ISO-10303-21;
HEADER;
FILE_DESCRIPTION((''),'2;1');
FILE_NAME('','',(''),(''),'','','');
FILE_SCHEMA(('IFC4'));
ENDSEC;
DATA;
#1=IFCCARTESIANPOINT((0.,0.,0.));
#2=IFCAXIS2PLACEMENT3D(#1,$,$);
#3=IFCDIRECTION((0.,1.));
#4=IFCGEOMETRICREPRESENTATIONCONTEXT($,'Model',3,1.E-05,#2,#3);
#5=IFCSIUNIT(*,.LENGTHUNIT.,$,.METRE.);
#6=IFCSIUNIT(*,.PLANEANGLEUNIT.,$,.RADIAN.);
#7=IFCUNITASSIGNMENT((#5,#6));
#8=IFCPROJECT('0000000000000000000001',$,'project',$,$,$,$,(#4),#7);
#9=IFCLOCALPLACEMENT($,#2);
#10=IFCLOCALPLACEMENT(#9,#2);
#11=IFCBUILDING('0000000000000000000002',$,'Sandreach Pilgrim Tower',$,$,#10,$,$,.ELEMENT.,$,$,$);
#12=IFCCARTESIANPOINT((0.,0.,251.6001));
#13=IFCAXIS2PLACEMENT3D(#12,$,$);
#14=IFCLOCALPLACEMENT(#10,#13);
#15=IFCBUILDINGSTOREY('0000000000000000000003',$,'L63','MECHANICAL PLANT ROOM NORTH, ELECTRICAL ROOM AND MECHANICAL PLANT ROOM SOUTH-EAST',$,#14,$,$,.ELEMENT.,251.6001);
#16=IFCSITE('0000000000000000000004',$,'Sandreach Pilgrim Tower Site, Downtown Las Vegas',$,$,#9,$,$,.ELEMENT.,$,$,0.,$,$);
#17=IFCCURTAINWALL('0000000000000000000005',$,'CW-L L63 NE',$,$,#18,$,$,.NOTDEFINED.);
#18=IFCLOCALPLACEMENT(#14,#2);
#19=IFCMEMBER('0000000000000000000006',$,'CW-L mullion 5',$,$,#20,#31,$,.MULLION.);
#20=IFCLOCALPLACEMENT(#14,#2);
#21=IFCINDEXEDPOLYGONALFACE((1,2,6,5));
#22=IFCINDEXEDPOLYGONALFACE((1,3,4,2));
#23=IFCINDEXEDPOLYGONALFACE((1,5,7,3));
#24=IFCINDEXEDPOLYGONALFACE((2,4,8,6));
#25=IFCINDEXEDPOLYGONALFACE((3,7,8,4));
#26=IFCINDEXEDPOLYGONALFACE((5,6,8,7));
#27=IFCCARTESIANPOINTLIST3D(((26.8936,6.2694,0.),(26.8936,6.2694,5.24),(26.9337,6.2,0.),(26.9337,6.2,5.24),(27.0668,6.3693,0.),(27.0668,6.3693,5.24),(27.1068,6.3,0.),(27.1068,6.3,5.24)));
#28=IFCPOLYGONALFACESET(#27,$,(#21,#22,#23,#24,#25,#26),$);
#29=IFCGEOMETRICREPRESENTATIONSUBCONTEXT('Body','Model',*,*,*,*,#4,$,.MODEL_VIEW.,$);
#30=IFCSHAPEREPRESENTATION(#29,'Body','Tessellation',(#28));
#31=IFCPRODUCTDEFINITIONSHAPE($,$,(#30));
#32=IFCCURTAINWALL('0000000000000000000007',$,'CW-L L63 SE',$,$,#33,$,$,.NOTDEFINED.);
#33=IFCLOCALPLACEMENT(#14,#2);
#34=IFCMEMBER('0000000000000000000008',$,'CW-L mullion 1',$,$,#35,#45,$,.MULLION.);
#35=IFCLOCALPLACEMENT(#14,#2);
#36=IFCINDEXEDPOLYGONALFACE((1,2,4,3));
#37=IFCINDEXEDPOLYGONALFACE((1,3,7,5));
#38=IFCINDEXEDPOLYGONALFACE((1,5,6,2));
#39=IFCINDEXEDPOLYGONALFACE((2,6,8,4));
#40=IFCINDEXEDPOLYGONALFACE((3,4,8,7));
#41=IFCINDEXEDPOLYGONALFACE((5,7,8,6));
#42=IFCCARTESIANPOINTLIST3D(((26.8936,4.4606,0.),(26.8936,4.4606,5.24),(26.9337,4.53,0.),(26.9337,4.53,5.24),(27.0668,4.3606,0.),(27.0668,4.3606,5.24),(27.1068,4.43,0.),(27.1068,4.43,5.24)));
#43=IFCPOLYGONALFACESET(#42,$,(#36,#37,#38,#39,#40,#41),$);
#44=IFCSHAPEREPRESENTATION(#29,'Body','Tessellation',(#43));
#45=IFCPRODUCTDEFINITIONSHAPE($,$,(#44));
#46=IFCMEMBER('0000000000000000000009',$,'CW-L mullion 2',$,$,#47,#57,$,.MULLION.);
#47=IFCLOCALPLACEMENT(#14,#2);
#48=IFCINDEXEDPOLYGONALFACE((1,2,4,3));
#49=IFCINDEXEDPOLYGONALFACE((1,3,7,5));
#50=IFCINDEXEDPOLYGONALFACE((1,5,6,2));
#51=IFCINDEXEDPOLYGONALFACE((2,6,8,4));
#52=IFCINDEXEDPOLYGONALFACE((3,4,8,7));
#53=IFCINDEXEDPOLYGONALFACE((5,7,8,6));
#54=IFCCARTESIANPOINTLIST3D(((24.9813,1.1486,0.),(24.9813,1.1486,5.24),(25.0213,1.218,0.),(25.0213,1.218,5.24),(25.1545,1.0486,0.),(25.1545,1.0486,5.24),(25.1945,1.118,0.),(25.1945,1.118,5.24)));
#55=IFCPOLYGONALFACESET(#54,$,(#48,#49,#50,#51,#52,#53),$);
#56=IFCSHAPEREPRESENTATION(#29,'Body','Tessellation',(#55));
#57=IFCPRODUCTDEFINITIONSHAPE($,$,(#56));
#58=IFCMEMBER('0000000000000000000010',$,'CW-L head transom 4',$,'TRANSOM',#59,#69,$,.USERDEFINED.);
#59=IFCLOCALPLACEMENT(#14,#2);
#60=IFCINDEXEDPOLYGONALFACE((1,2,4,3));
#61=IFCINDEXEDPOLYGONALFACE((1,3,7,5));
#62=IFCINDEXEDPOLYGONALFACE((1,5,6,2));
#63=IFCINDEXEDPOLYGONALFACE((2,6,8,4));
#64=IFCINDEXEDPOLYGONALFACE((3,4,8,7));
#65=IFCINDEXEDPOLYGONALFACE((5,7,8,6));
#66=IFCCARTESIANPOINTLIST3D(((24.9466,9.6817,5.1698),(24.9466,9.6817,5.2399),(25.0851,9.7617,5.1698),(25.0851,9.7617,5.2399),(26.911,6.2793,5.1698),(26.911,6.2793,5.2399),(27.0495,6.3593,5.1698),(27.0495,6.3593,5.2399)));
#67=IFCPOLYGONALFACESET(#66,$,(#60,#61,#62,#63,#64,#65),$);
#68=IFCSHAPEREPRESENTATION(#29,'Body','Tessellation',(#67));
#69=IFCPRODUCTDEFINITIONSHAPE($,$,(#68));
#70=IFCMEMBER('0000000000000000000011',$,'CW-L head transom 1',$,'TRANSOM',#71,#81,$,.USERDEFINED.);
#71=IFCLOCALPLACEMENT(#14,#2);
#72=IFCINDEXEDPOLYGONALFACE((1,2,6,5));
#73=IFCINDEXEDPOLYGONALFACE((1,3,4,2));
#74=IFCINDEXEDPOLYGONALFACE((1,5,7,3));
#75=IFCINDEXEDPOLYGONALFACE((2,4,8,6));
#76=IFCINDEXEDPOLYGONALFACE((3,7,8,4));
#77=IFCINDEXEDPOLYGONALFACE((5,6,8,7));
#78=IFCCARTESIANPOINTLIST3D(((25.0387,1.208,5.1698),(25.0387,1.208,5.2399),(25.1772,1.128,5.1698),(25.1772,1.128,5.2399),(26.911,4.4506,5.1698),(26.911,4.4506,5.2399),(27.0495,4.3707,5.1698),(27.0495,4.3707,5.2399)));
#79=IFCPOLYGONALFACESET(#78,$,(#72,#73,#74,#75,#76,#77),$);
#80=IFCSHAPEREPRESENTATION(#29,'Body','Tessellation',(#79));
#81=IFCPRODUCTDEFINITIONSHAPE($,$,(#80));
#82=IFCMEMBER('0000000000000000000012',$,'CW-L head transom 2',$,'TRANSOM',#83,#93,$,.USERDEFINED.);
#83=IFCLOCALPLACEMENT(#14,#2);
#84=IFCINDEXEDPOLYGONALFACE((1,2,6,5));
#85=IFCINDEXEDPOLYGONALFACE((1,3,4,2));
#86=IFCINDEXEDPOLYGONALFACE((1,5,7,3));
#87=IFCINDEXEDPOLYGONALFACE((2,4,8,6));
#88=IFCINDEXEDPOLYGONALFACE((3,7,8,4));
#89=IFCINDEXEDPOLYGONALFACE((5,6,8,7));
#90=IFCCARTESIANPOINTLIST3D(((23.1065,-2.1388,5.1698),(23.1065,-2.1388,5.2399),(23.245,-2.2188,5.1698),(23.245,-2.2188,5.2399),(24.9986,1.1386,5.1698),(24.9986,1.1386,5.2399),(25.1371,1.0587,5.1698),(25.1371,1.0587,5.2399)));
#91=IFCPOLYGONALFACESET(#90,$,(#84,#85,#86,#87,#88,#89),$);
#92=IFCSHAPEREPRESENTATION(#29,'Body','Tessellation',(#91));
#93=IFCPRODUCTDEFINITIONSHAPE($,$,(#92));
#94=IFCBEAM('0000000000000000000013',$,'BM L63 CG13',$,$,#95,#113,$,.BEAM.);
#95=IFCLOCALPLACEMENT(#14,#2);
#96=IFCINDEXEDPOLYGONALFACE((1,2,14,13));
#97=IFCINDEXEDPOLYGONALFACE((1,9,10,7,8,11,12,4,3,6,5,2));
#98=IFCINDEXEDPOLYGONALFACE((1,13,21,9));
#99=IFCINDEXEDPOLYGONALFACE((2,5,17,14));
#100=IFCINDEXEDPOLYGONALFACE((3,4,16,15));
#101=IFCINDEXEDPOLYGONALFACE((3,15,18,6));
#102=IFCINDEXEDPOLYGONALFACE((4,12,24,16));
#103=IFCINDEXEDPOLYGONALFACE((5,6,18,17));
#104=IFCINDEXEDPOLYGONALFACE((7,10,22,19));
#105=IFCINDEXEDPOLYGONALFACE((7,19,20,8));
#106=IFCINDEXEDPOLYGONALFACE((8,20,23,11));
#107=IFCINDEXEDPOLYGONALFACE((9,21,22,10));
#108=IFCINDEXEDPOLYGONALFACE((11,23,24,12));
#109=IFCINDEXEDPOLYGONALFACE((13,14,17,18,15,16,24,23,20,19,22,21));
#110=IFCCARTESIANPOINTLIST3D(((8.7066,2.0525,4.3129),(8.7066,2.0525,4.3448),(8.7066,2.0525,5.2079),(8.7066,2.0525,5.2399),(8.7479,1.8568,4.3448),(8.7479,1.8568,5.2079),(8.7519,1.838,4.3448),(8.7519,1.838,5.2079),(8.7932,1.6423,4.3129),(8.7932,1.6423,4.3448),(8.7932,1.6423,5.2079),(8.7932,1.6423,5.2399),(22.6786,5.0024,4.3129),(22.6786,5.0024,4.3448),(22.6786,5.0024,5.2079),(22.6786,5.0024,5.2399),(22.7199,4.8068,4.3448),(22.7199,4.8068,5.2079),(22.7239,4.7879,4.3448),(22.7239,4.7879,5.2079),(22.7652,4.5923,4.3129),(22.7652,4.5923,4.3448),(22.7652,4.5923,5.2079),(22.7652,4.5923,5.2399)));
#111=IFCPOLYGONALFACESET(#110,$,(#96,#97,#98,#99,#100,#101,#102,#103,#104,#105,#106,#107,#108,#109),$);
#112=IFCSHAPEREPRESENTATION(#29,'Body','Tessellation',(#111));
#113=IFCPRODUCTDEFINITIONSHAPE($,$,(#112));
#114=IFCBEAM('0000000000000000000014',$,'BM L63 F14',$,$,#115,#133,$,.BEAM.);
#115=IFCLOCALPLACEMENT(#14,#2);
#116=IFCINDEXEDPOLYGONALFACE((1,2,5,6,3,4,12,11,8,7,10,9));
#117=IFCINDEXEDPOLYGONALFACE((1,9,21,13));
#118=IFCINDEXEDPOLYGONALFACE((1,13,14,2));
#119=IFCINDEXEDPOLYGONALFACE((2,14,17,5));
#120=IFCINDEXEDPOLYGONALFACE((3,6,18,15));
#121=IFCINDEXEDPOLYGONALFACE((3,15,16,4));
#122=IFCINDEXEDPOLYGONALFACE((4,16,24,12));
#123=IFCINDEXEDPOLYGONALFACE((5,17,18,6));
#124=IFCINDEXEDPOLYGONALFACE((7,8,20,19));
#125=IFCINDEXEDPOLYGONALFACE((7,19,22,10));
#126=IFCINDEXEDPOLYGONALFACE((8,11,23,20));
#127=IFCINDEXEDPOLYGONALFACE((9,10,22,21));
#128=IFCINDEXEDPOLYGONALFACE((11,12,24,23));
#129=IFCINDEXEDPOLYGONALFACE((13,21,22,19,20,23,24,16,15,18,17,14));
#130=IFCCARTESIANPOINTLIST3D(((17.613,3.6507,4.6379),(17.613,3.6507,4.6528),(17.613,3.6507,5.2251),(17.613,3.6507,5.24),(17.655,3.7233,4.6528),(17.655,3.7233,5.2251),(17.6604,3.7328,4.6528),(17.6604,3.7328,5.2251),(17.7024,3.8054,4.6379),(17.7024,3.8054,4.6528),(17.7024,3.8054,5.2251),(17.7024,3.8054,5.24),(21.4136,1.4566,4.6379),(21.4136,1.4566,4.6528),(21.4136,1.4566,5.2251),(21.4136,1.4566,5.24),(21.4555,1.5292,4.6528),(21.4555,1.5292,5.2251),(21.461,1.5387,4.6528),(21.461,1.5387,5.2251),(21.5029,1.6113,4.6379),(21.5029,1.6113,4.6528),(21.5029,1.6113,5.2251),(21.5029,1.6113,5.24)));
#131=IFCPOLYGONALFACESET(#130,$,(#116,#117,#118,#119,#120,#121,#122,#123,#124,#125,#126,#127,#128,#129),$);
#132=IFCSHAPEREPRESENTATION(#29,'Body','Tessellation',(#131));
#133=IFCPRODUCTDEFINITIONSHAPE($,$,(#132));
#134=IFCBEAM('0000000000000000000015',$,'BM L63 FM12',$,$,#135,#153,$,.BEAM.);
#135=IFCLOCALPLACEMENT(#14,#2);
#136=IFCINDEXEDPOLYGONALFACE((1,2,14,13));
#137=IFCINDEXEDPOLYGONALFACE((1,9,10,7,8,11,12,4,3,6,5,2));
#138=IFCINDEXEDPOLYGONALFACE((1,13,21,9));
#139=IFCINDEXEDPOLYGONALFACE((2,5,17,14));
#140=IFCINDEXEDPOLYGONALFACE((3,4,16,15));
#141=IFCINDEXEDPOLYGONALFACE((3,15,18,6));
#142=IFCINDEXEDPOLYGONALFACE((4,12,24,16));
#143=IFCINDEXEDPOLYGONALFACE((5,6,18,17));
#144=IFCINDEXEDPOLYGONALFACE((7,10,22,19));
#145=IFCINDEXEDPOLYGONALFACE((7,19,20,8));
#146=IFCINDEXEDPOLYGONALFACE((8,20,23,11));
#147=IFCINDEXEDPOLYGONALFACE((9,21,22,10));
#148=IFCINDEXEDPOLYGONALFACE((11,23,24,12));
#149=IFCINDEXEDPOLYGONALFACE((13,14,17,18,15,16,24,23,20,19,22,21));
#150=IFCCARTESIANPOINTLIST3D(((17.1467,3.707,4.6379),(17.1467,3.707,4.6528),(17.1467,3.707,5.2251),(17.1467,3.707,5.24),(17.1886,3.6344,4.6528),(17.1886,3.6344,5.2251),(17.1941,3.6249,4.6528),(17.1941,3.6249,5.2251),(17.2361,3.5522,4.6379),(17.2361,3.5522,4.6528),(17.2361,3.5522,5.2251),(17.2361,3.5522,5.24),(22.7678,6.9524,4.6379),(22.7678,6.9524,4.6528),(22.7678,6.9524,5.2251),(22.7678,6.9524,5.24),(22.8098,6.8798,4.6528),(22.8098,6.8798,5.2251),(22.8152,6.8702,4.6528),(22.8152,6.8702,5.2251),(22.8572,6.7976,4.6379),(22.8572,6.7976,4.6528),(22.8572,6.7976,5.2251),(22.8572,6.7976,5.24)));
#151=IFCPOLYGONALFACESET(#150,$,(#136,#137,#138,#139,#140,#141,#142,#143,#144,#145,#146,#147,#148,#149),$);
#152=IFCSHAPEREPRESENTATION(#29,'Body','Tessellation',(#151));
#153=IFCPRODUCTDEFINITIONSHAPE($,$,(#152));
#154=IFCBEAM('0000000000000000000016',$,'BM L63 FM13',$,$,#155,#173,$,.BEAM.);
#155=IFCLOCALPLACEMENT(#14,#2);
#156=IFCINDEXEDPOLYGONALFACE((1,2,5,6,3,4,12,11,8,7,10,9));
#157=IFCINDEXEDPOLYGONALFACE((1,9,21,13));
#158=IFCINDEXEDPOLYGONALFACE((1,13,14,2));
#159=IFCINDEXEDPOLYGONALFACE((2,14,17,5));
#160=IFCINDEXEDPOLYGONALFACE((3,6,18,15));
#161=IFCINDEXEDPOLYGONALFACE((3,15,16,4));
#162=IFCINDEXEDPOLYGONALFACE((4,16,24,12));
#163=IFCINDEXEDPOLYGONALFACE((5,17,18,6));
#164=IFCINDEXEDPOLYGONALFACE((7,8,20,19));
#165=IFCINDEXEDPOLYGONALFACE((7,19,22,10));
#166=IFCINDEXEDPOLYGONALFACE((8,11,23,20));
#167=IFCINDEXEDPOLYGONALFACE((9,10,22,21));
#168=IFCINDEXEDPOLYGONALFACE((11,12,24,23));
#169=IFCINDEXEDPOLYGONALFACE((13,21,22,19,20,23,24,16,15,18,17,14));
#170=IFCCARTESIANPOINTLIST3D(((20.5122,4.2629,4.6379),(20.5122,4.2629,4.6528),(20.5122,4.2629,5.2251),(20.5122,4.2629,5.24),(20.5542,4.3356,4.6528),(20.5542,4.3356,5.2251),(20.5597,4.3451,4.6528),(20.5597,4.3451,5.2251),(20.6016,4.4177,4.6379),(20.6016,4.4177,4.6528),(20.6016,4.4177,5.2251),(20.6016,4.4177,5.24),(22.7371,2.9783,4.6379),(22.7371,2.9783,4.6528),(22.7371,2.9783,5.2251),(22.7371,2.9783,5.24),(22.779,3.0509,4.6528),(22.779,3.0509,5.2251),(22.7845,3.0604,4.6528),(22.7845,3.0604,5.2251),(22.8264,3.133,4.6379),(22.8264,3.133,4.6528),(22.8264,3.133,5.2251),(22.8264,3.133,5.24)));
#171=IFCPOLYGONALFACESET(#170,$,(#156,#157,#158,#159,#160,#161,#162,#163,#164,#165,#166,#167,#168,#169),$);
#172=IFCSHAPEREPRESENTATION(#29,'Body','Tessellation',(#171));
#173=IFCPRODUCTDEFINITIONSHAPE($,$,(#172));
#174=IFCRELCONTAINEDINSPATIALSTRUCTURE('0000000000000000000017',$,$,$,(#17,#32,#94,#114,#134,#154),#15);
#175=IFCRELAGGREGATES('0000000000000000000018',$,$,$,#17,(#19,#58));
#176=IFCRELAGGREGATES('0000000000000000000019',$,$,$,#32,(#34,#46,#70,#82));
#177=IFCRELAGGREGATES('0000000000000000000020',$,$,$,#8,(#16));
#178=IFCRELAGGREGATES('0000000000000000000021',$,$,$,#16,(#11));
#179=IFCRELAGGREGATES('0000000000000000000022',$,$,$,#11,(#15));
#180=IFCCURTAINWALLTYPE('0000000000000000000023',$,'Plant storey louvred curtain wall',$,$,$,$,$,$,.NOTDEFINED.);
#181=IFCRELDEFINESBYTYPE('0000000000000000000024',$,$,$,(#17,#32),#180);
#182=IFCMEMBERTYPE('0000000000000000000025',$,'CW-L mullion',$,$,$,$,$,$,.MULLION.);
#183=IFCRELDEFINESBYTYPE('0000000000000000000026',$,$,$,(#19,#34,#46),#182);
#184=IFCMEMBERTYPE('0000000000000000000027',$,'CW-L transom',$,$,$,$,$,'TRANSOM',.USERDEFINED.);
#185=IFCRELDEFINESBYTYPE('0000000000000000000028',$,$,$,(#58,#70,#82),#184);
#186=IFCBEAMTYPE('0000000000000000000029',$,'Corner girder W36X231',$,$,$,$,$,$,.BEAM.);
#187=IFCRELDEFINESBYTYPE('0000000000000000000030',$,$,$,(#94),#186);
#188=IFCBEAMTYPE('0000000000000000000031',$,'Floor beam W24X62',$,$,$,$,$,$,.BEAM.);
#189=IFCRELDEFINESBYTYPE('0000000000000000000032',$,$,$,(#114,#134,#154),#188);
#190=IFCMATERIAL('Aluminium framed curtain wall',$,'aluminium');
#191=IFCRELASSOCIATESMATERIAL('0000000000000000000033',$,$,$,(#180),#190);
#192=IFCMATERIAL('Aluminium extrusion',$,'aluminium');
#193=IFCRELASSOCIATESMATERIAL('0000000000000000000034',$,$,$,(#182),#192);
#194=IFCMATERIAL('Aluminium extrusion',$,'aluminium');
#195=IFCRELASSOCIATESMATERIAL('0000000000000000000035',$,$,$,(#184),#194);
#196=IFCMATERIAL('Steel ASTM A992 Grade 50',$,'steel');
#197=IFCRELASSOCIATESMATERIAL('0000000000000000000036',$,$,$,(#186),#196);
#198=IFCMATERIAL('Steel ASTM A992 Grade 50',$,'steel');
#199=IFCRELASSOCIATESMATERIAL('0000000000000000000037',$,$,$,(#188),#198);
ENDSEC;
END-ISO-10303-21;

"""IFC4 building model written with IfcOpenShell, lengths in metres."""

from ifc_helpers import new_model, si_unit, direction, frame, origin, origin_2d, place, context, subcontext, project, spatial, rectangle, i_section, extrude, material, material_profile, profile_set, type_object, element, aggregate, save


model = new_model("IFC4")

# Units and contexts
model_context = context("Model", 3, precision=1e-05, world=origin(), true_north=direction((0.0, 1.0)))
body_context = subcontext(model_context, "Body", "Model", "MODEL_VIEW")
ifc_project = project(units=[si_unit("LENGTHUNIT", "METRE"), si_unit("PLANEANGLEUNIT", "RADIAN")], contexts=[model_context])

# Site, building, storey
site_placement = place(None, origin())
site = spatial("IfcSite", under=ifc_project, at=site_placement, Name="Sandreach Pilgrim Tower Site, Downtown Las Vegas", CompositionType="ELEMENT", RefElevation=0.0)
building_placement = place(site_placement, origin())
building = spatial("IfcBuilding", under=site, at=building_placement, Name="Sandreach Pilgrim Tower", CompositionType="ELEMENT")
storey_placement = place(building_placement, frame((0.0, 0.0, 251.6001)))
storey = spatial("IfcBuildingStorey", under=building, at=storey_placement, Name="L63", Description="MECHANICAL PLANT ROOM NORTH, ELECTRICAL ROOM AND MECHANICAL PLANT ROOM SOUTH-EAST", CompositionType="ELEMENT", Elevation=251.6001)

# Curtain wall, member
ifc_material_1 = material(Name="Aluminium framed curtain wall", Category="aluminium")
curtain_wall_type = type_object("IfcCurtainWallType", Name="Plant storey louvred curtain wall", PredefinedType="NOTDEFINED", material=ifc_material_1)
curtain_wall_1_placement = place(storey_placement, origin())
curtain_wall_1 = element("IfcCurtainWall", 1, at=curtain_wall_1_placement, inside=storey, type_object=curtain_wall_type, Name="CW-L L63 NE", PredefinedType="NOTDEFINED")
ifc_material_2 = material(Name="Aluminium extrusion", Category="aluminium")
ifc_material_profile_1 = material_profile(ifc_material_2, rectangle(XDim=0.0801, YDim=0.2, at=origin_2d()), Name="CW-LM 80X200")
ifc_profile_set_1 = profile_set([ifc_material_profile_1], Name="Aluminium extrusion")
member_type_1 = type_object("IfcMemberType", Name="CW-L mullion", PredefinedType="MULLION", material=ifc_profile_set_1)
member_1_placement = place(storey_placement, frame((27.0002, 6.2847, 0.0), z_axis=(0.0, 0.0, 1.0), x_axis=(0.5, -0.866025, 0.0)))
member_1 = element("IfcMember", 2, at=member_1_placement, type_object=member_type_1, Name="CW-L mullion 5", PredefinedType="MULLION", context=body_context, shape_type="SweptSolid", body=[
    extrude(rectangle(XDim=0.0801, YDim=0.2, at=origin_2d()), origin(), (0.0, 0.0, 1.0), 5.24),
])

# Curtain wall, members
curtain_wall_2_placement = place(storey_placement, origin())
curtain_wall_2 = element("IfcCurtainWall", 3, at=curtain_wall_2_placement, inside=storey, type_object=curtain_wall_type, Name="CW-L L63 SE", PredefinedType="NOTDEFINED")
member_2_placement = place(storey_placement, frame((27.0002, 4.4453, 0.0), z_axis=(0.0, 0.0, 1.0), x_axis=(-0.5, -0.866025, 0.0)))
member_2 = element("IfcMember", 4, at=member_2_placement, type_object=member_type_1, Name="CW-L mullion 1", PredefinedType="MULLION", context=body_context, shape_type="SweptSolid", body=[
    extrude(rectangle(XDim=0.0801, YDim=0.2, at=origin_2d()), origin(), (0.0, 0.0, 1.0), 5.24),
])
member_3_placement = place(storey_placement, frame((25.0879, 1.1333, 0.0), z_axis=(0.0, 0.0, 1.0), x_axis=(-0.5, -0.866025, 0.0)))
member_3 = element("IfcMember", 5, at=member_3_placement, type_object=member_type_1, Name="CW-L mullion 2", PredefinedType="MULLION", context=body_context, shape_type="SweptSolid", body=[
    extrude(rectangle(XDim=0.0801, YDim=0.2, at=origin_2d()), origin(), (0.0, 0.0, 1.0), 5.24),
])

# Members
ifc_material_3 = material(Name="Aluminium extrusion", Category="aluminium")
ifc_material_profile_2 = material_profile(ifc_material_3, rectangle(XDim=0.1599, YDim=0.0701, at=origin_2d()), Name="CW-LT 160X70")
ifc_profile_set_2 = profile_set([ifc_material_profile_2], Name="Aluminium extrusion")
member_type_2 = type_object("IfcMemberType", Name="CW-L transom", ElementType="TRANSOM", PredefinedType="USERDEFINED", material=ifc_profile_set_2)
member_4_placement = place(storey_placement, frame((25.0159, 9.7217, 5.2048), z_axis=(0.500002, -0.866024, 0.0), x_axis=(0.866024, 0.500002, 0.0)))
member_4 = element("IfcMember", 6, at=member_4_placement, type_object=member_type_2, Name="CW-L head transom 4", ObjectType="TRANSOM", PredefinedType="USERDEFINED", context=body_context, shape_type="SweptSolid", body=[
    extrude(rectangle(XDim=0.1599, YDim=0.0701, at=origin_2d()), origin(), (0.0, 0.0, 1.0), 3.9287),
])
member_5_placement = place(storey_placement, frame((26.9802, 4.4106, 5.2048), z_axis=(-0.500031, -0.866008, 0.0), x_axis=(0.866008, -0.500031, 0.0)))
member_5 = element("IfcMember", 7, at=member_5_placement, type_object=member_type_2, Name="CW-L head transom 1", ObjectType="TRANSOM", PredefinedType="USERDEFINED", context=body_context, shape_type="SweptSolid", body=[
    extrude(rectangle(XDim=0.1599, YDim=0.0701, at=origin_2d()), origin(), (0.0, 0.0, 1.0), 3.7444),
])
member_6_placement = place(storey_placement, frame((25.0679, 1.0986, 5.2048), z_axis=(-0.499983, -0.866035, 0.0), x_axis=(0.866035, -0.499983, 0.0)))
member_6 = element("IfcMember", 8, at=member_6_placement, type_object=member_type_2, Name="CW-L head transom 2", ObjectType="TRANSOM", PredefinedType="USERDEFINED", context=body_context, shape_type="SweptSolid", body=[
    extrude(rectangle(XDim=0.1599, YDim=0.0701, at=origin_2d()), origin(), (0.0, 0.0, 1.0), 3.7844),
])

# Beams
ifc_material_4 = material(Name="Steel ASTM A992 Grade 50", Category="steel")
ifc_material_profile_3 = material_profile(ifc_material_4, i_section(OverallWidth=0.4192, OverallDepth=0.927, WebThickness=0.0193, FlangeThickness=0.032, at=origin_2d()), Name="W36X231")
ifc_profile_set_3 = profile_set([ifc_material_profile_3], Name="Steel ASTM A992 Grade 50")
beam_type_1 = type_object("IfcBeamType", Name="Corner girder W36X231", PredefinedType="BEAM", material=ifc_profile_set_3)
beam_1_placement = place(storey_placement, frame((22.7219, 4.7974, 4.7764), z_axis=(-0.97843, -0.20658, 0.0), x_axis=(0.20658, -0.97843, 0.0)))
element("IfcBeam", 9, at=beam_1_placement, inside=storey, type_object=beam_type_1, Name="BM L63 CG13", PredefinedType="BEAM", context=body_context, shape_type="SweptSolid", body=[
    extrude(i_section(OverallWidth=0.4192, OverallDepth=0.927, WebThickness=0.0193, FlangeThickness=0.032, at=origin_2d()), origin(), (0.0, 0.0, 1.0), 14.28),
])
ifc_material_5 = material(Name="Steel ASTM A992 Grade 50", Category="steel")
ifc_material_profile_4 = material_profile(ifc_material_5, i_section(OverallWidth=0.1787, OverallDepth=0.6021, WebThickness=0.011, FlangeThickness=0.0149, at=origin_2d()), Name="W24X62")
ifc_profile_set_4 = profile_set([ifc_material_profile_4], Name="Steel ASTM A992 Grade 50")
beam_type_2 = type_object("IfcBeamType", Name="Floor beam W24X62", PredefinedType="BEAM", material=ifc_profile_set_4)
beam_2_placement = place(storey_placement, frame((21.4583, 1.5339, 4.939), z_axis=(-0.86604, 0.499974, 0.0), x_axis=(-0.499974, -0.86604, 0.0)))
element("IfcBeam", 10, at=beam_2_placement, inside=storey, type_object=beam_type_2, Name="BM L63 F14", PredefinedType="BEAM", context=body_context, shape_type="SweptSolid", body=[
    extrude(i_section(OverallWidth=0.1787, OverallDepth=0.6021, WebThickness=0.011, FlangeThickness=0.0149, at=origin_2d()), origin(), (0.0, 0.0, 1.0), 4.3884),
])
beam_3_placement = place(storey_placement, frame((22.8125, 6.875, 4.939), z_axis=(-0.866024, -0.500002, 0.0), x_axis=(0.500002, -0.866024, 0.0)))
element("IfcBeam", 11, at=beam_3_placement, inside=storey, type_object=beam_type_2, Name="BM L63 FM12", PredefinedType="BEAM", context=body_context, shape_type="SweptSolid", body=[
    extrude(i_section(OverallWidth=0.1787, OverallDepth=0.6021, WebThickness=0.011, FlangeThickness=0.0149, at=origin_2d()), origin(), (0.0, 0.0, 1.0), 6.4907),
])
beam_4_placement = place(storey_placement, frame((22.7817, 3.0557, 4.939), z_axis=(-0.866, 0.500043, 0.0), x_axis=(-0.500043, -0.866, 0.0)))
element("IfcBeam", 12, at=beam_4_placement, inside=storey, type_object=beam_type_2, Name="BM L63 FM13", PredefinedType="BEAM", context=body_context, shape_type="SweptSolid", body=[
    extrude(i_section(OverallWidth=0.1787, OverallDepth=0.6021, WebThickness=0.011, FlangeThickness=0.0149, at=origin_2d()), origin(), (0.0, 0.0, 1.0), 2.5691),
])

aggregate(curtain_wall_1, [member_1, member_4])
aggregate(curtain_wall_2, [member_2, member_3, member_5, member_6])

save(model, "model.ifc")
